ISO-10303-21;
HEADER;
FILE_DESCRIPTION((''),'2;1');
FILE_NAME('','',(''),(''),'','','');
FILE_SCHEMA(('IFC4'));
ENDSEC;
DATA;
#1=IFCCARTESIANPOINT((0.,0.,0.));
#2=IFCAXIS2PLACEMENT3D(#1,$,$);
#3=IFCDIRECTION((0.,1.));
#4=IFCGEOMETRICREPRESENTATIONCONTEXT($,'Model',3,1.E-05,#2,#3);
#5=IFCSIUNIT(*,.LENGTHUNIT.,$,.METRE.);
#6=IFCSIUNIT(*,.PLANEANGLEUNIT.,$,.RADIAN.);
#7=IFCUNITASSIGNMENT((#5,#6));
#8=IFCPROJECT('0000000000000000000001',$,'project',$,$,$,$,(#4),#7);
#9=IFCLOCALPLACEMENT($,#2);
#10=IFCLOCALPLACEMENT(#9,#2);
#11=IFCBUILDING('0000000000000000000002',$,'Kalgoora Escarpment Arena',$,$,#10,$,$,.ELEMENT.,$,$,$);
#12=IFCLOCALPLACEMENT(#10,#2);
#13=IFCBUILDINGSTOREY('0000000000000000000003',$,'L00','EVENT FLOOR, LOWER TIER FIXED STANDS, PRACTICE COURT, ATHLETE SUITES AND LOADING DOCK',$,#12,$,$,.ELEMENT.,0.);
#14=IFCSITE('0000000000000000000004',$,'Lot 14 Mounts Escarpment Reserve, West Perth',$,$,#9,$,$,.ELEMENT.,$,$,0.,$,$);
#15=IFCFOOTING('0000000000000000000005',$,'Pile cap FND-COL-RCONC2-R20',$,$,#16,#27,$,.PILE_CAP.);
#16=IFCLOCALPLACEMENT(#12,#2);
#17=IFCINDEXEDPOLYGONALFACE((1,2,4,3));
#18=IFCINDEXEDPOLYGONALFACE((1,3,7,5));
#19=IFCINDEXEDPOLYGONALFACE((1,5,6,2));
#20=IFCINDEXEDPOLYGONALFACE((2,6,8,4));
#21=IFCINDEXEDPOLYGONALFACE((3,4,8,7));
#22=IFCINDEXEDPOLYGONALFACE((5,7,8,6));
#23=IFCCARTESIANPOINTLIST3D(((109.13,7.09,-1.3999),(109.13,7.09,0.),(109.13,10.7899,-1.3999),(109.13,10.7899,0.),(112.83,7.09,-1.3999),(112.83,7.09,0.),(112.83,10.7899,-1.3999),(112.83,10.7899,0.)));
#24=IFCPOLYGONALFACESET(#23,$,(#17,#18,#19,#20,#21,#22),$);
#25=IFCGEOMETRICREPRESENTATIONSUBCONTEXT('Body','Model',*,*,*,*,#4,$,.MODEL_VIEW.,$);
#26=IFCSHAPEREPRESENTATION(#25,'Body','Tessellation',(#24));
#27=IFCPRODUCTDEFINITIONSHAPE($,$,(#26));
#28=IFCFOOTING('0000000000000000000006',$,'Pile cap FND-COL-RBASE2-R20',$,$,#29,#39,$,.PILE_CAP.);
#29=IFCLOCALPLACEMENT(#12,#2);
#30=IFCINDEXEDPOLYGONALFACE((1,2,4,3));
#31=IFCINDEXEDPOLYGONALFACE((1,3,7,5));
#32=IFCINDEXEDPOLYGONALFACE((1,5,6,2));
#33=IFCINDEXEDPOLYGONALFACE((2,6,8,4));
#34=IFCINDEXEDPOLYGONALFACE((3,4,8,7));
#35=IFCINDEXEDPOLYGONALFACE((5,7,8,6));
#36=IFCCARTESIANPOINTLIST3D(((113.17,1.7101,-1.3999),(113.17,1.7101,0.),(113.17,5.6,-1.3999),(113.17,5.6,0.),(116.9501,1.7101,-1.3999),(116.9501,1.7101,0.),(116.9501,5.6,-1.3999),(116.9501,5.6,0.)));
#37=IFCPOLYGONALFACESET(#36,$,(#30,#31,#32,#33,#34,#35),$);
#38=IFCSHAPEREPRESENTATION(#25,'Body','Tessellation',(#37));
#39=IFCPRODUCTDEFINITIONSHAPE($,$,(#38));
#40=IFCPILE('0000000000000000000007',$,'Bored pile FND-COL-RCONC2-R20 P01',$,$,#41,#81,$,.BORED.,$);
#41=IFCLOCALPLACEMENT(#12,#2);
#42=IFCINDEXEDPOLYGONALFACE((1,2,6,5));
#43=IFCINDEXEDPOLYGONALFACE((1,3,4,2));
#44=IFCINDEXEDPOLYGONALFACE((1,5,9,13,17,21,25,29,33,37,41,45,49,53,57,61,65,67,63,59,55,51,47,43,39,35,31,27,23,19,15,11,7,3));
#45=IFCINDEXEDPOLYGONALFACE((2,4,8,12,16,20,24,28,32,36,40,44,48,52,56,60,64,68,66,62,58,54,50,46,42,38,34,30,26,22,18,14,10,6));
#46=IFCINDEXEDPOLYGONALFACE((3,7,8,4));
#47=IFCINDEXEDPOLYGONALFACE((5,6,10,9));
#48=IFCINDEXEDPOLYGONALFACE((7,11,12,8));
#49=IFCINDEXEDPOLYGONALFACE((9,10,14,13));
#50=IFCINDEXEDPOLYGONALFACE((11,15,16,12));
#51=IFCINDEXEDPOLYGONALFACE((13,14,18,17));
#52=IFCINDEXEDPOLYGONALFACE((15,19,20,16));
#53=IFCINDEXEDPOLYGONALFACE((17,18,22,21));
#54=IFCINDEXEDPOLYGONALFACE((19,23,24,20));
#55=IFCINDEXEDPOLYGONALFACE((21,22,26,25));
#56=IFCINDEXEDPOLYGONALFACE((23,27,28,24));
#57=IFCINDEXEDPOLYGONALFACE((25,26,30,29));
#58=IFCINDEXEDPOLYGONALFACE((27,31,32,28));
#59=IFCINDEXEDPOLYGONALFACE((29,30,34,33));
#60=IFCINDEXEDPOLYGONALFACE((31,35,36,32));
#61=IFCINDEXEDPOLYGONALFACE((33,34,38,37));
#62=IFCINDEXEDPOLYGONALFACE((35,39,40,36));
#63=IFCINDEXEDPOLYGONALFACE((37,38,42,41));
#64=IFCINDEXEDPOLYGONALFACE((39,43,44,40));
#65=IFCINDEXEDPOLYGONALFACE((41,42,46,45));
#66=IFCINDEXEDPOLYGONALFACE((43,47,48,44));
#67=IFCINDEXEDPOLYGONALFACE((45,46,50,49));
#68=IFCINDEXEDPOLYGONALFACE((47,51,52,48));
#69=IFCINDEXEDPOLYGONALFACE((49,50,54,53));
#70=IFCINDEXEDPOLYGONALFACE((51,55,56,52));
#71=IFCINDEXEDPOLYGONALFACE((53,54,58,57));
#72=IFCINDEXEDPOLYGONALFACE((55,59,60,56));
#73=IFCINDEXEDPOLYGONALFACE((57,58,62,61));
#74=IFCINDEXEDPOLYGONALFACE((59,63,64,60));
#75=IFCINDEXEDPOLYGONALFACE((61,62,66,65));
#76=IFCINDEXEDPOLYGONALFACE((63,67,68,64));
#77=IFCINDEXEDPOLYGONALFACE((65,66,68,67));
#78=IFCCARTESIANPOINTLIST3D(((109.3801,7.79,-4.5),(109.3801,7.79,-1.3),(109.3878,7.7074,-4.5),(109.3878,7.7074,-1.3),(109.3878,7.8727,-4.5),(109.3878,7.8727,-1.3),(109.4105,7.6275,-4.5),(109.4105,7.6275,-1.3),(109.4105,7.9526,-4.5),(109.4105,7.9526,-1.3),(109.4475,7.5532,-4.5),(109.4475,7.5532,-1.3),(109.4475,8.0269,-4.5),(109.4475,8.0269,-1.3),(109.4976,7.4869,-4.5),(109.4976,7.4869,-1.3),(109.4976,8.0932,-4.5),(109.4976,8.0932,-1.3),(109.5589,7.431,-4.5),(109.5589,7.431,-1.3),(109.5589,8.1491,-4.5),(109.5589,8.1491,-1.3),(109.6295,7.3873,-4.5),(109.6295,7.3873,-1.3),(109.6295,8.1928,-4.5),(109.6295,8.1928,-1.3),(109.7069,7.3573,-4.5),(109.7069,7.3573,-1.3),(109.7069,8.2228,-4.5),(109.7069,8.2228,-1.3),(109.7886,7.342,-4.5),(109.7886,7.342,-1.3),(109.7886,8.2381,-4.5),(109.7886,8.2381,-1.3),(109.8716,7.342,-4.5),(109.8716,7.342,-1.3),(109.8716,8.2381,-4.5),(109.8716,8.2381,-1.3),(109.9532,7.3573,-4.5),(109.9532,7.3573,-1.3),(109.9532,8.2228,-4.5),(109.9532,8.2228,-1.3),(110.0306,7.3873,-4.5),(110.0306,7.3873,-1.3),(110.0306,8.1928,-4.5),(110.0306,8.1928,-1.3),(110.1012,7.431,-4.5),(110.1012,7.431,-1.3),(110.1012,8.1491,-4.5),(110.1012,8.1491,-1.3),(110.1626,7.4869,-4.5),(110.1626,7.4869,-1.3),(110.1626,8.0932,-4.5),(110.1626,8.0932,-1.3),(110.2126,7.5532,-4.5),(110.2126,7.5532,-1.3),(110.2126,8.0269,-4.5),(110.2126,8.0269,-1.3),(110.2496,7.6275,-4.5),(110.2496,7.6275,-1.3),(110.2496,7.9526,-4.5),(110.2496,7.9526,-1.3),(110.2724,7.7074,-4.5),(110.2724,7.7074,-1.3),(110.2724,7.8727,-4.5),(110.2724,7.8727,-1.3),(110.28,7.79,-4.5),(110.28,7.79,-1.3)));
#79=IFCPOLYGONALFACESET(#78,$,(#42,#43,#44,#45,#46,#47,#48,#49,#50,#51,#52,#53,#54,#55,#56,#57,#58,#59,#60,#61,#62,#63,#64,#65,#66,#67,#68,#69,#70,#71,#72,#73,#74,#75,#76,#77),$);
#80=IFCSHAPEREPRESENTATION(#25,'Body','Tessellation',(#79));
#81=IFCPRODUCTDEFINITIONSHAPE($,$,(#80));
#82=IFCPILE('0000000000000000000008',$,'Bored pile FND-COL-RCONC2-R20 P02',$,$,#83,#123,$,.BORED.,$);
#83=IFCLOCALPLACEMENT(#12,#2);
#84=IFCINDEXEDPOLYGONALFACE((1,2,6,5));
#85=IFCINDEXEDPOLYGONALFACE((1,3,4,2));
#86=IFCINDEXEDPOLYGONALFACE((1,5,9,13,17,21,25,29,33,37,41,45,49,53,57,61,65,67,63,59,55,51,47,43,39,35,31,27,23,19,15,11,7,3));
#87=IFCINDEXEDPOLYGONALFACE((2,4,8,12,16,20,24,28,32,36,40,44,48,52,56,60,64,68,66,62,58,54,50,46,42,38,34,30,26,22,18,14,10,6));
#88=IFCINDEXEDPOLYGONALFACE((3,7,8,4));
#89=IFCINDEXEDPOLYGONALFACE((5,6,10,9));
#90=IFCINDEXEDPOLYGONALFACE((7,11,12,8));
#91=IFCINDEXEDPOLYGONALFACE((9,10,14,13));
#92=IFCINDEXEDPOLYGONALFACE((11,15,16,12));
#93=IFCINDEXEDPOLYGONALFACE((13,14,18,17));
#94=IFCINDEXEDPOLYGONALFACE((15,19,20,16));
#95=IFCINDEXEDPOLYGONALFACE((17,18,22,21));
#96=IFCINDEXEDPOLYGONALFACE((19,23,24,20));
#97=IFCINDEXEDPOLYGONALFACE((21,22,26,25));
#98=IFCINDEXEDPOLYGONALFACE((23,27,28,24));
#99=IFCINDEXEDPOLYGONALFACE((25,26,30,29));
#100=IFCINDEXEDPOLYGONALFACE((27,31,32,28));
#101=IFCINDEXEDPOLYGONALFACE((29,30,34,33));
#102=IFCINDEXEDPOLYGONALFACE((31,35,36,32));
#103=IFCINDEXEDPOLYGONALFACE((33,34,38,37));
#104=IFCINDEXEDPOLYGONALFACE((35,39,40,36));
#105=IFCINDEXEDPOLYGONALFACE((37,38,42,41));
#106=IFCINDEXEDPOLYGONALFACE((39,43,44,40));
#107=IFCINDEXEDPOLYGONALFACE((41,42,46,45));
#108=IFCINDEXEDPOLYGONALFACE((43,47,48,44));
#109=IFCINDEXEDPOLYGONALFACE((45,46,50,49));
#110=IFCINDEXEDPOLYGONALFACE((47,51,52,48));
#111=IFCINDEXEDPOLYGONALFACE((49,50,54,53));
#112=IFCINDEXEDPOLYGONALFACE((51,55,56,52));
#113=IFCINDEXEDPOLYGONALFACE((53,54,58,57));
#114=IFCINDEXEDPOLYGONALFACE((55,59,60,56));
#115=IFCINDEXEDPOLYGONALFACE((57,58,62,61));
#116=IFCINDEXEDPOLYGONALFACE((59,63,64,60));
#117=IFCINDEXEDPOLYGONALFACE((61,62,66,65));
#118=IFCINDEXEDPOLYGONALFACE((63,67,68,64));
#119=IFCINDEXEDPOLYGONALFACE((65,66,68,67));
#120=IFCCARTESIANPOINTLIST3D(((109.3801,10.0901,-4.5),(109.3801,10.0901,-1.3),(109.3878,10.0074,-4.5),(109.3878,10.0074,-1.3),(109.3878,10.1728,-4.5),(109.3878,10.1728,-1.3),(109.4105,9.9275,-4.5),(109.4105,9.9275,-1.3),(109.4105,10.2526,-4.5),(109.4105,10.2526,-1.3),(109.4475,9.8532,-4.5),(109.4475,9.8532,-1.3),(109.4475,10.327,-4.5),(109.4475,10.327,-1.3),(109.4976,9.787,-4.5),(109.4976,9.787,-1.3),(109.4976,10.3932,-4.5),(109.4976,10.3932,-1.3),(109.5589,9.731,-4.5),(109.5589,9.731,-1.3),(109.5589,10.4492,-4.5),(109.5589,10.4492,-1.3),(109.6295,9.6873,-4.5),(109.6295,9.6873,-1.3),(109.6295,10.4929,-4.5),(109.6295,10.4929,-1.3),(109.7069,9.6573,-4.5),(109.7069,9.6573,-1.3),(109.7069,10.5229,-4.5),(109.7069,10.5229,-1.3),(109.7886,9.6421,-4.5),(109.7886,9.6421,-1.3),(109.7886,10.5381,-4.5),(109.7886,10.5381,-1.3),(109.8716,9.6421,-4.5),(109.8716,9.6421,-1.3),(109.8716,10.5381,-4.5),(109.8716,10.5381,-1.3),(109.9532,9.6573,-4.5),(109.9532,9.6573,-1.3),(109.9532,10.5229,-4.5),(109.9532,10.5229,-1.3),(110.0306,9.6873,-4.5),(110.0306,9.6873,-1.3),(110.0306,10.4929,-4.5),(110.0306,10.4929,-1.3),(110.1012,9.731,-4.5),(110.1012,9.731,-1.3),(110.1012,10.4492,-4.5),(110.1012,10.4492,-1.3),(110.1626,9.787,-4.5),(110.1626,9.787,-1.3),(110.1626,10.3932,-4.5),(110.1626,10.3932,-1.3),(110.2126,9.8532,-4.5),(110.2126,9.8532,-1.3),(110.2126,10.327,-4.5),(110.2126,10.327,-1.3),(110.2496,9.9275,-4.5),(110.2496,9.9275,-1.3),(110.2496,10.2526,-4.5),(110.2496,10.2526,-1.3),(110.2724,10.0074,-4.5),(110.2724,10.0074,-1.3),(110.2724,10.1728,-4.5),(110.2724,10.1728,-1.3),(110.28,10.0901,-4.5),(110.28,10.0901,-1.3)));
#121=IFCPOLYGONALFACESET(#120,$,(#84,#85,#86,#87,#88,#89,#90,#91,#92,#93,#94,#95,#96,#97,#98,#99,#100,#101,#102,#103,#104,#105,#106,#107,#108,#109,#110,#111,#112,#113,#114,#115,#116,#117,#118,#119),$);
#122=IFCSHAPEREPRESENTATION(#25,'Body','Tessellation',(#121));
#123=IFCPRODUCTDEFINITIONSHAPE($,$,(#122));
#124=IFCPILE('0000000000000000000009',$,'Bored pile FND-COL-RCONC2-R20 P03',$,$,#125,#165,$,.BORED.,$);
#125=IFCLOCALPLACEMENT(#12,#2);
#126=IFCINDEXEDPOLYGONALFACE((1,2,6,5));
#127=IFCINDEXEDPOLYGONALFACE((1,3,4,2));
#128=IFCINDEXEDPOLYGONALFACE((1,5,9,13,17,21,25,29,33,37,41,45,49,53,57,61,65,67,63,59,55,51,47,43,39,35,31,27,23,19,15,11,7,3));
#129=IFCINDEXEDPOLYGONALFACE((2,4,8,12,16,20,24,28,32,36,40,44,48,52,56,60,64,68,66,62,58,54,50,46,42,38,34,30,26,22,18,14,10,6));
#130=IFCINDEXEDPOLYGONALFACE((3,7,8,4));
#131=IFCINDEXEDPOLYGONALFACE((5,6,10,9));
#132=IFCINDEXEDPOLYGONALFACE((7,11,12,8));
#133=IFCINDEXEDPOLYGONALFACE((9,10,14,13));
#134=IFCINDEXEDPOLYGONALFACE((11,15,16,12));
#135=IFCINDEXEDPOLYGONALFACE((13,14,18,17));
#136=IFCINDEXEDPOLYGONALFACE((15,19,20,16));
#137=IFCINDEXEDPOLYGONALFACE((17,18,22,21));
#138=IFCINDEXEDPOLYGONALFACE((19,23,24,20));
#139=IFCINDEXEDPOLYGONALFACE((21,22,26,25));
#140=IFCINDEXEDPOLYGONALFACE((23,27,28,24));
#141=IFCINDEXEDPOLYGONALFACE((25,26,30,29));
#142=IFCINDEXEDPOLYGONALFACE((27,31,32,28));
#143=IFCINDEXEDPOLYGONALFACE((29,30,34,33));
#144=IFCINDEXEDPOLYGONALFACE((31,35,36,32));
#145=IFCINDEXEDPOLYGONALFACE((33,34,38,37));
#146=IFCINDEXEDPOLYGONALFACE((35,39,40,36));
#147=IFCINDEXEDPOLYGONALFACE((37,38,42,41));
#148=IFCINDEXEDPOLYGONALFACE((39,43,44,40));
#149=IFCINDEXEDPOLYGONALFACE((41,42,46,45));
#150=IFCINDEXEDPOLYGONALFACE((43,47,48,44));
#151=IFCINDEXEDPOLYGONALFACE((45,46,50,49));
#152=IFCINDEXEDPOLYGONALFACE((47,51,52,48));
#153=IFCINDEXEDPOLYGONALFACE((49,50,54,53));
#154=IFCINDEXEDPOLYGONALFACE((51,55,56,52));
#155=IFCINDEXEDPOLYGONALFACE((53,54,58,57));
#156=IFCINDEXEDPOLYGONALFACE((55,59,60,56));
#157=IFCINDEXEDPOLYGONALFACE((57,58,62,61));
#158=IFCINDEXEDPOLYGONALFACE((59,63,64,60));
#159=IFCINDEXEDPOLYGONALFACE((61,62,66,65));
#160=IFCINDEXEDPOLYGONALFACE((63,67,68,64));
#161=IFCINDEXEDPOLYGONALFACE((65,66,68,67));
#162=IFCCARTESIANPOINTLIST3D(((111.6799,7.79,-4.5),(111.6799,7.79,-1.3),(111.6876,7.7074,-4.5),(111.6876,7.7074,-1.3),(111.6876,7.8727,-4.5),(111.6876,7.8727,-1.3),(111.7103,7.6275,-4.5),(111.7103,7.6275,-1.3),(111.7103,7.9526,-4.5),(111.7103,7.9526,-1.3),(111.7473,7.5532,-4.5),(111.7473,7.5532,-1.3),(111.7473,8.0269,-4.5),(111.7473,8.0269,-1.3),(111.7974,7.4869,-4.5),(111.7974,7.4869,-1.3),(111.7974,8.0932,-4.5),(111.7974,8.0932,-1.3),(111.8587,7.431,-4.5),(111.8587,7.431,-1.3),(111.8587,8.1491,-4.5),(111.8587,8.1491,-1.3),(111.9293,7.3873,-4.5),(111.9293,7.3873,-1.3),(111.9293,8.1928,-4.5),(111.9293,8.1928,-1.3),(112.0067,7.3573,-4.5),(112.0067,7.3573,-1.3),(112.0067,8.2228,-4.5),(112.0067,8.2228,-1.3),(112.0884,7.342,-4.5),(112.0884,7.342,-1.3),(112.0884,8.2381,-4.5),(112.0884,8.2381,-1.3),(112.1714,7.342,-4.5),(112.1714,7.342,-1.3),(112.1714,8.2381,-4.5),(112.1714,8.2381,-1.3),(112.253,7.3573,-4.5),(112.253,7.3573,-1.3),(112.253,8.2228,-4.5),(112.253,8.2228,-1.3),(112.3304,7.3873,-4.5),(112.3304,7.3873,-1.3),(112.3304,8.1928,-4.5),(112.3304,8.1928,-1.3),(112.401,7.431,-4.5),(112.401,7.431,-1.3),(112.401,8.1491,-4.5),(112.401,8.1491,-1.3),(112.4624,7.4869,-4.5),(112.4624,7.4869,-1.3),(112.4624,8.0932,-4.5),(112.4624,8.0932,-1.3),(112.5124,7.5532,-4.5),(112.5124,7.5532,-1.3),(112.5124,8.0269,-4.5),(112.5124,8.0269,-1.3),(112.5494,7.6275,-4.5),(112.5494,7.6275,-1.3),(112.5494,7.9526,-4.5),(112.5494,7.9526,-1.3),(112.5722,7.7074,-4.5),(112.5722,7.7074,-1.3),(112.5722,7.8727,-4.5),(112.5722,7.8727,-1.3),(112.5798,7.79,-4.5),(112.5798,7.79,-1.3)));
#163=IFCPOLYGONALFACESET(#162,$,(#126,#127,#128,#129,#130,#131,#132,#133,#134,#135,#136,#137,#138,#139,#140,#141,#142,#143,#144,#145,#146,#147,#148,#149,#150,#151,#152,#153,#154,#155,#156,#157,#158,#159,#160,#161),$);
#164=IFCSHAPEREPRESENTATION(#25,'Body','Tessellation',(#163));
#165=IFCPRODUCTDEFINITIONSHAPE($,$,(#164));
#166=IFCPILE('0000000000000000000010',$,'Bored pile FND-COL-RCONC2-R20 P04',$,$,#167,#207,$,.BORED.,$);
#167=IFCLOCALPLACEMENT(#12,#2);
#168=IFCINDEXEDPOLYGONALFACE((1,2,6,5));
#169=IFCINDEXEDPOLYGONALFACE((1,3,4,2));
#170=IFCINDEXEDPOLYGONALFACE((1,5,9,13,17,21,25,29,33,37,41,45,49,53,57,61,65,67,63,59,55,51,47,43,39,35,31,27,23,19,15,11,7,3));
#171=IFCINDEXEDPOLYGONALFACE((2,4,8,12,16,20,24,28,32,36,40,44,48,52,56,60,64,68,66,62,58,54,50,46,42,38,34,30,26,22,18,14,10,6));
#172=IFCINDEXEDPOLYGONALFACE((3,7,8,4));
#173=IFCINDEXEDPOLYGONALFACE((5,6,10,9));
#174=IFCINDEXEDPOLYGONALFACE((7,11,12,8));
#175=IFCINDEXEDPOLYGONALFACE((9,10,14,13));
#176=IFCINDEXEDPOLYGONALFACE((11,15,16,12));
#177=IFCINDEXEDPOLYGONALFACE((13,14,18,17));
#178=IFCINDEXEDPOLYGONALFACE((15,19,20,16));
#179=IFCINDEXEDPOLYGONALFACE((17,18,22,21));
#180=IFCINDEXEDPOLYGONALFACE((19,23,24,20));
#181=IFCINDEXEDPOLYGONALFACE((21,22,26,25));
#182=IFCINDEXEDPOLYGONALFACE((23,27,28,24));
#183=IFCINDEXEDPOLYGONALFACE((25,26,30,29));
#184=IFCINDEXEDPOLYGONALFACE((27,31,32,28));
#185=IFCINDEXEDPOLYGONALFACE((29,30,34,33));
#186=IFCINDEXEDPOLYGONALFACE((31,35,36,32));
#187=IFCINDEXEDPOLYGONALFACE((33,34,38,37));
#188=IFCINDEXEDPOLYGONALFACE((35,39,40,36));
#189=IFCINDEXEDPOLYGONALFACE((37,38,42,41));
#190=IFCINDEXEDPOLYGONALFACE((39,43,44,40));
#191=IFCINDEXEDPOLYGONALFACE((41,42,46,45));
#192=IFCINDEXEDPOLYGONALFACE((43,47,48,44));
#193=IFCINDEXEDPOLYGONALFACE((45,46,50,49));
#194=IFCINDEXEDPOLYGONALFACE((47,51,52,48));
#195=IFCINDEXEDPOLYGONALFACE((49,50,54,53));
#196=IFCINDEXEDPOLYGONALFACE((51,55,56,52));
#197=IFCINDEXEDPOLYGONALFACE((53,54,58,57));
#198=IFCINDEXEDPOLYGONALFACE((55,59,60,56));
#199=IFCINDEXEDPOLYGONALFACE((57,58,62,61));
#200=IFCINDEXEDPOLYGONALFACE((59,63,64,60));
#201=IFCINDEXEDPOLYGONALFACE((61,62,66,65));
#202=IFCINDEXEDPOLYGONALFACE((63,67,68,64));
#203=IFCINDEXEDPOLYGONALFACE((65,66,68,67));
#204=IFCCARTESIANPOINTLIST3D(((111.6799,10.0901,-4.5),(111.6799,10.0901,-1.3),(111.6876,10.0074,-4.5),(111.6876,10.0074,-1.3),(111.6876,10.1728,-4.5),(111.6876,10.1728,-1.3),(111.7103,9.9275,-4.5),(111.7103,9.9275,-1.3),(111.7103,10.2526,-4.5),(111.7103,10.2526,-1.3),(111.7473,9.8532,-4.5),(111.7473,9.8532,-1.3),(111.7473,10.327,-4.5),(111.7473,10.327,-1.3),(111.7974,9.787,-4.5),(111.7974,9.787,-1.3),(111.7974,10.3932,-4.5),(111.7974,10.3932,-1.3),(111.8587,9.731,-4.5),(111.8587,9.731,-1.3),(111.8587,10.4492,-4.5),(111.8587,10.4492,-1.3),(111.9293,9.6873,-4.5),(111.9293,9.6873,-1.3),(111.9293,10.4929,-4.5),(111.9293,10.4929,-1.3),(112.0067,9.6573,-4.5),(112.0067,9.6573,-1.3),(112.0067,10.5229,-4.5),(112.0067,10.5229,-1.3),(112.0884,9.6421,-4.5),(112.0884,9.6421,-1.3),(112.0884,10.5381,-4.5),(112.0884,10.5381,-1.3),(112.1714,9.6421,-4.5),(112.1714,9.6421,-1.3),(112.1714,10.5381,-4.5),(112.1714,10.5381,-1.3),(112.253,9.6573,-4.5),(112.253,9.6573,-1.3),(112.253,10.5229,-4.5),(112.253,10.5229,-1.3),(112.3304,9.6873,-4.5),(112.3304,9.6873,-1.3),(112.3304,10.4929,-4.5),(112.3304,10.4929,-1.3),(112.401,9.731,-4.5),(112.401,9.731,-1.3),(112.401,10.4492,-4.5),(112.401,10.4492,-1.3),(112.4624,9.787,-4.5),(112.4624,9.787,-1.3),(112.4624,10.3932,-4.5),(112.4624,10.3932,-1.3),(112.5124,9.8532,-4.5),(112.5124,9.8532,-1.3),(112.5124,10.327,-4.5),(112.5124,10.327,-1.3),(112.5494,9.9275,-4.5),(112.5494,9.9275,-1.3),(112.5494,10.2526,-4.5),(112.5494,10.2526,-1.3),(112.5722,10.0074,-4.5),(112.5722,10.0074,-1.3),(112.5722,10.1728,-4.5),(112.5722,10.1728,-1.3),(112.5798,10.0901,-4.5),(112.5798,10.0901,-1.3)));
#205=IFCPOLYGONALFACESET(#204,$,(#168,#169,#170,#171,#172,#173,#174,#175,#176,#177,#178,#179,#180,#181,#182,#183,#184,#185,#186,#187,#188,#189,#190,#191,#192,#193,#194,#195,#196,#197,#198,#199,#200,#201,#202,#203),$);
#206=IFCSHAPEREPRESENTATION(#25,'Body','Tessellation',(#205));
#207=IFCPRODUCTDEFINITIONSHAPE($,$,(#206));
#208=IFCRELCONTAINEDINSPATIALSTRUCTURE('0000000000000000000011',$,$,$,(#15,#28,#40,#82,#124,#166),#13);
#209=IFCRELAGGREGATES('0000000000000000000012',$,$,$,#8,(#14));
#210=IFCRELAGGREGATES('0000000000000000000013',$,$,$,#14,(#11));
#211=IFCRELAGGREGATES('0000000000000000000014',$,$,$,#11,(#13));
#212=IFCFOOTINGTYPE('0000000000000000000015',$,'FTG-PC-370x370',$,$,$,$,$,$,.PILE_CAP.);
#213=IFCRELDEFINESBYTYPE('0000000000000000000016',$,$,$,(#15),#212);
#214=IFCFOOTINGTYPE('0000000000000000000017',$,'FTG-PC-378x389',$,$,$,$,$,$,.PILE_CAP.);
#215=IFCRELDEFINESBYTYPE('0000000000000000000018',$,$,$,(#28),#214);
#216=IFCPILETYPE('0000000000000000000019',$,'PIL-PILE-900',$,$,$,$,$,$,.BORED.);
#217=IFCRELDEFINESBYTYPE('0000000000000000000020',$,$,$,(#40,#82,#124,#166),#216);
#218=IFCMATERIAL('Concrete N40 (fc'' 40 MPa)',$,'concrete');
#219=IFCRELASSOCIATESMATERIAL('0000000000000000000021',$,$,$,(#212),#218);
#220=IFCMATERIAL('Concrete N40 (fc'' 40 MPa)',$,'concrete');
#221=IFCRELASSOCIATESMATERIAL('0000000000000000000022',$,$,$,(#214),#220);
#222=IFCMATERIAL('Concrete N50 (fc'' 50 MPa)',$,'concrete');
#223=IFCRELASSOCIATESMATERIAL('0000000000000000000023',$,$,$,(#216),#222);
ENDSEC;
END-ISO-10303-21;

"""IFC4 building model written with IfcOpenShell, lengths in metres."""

from ifc_helpers import new_model, si_unit, direction, frame, origin, origin_2d, place, context, subcontext, project, spatial, rectangle, circle, extrude, material, material_profile, profile_set, type_object, element, save


model = new_model("IFC4")

# Units and contexts
model_context = context("Model", 3, precision=1e-05, world=origin(), true_north=direction((0.0, 1.0)))
body_context = subcontext(model_context, "Body", "Model", "MODEL_VIEW")
ifc_project = project(units=[si_unit("LENGTHUNIT", "METRE"), si_unit("PLANEANGLEUNIT", "RADIAN")], contexts=[model_context])

# Site, building, storey
site_placement = place(None, origin())
site = spatial("IfcSite", under=ifc_project, at=site_placement, Name="Lot 14 Mounts Escarpment Reserve, West Perth", CompositionType="ELEMENT", RefElevation=0.0)
building_placement = place(site_placement, origin())
building = spatial("IfcBuilding", under=site, at=building_placement, Name="Kalgoora Escarpment Arena", CompositionType="ELEMENT")
storey_placement = place(building_placement, origin())
storey = spatial("IfcBuildingStorey", under=building, at=storey_placement, Name="L00", Description="EVENT FLOOR, LOWER TIER FIXED STANDS, PRACTICE COURT, ATHLETE SUITES AND LOADING DOCK", CompositionType="ELEMENT", Elevation=0.0)

# Footings
ifc_material_1 = material(Name="Concrete N40 (fc' 40 MPa)", Category="concrete")
footing_type_1 = type_object("IfcFootingType", Name="FTG-PC-370x370", PredefinedType="PILE_CAP", material=ifc_material_1)
footing_1_placement = place(storey_placement, frame((110.98, 8.9399, -1.3999), z_axis=(0.0, 0.0, 1.0), x_axis=(1.0, 0.0, 0.0)))
element("IfcFooting", 1, at=footing_1_placement, inside=storey, type_object=footing_type_1, Name="Pile cap FND-COL-RCONC2-R20", PredefinedType="PILE_CAP", context=body_context, shape_type="SweptSolid", body=[
    extrude(rectangle(XDim=3.7, YDim=3.7, at=origin_2d()), origin(), (0.0, 0.0, 1.0), 1.3999),
])
ifc_material_2 = material(Name="Concrete N40 (fc' 40 MPa)", Category="concrete")
footing_type_2 = type_object("IfcFootingType", Name="FTG-PC-378x389", PredefinedType="PILE_CAP", material=ifc_material_2)
footing_2_placement = place(storey_placement, frame((115.0601, 3.655, -1.3999), z_axis=(0.0, 0.0, 1.0), x_axis=(1.0, 0.0, 0.0)))
element("IfcFooting", 2, at=footing_2_placement, inside=storey, type_object=footing_type_2, Name="Pile cap FND-COL-RBASE2-R20", PredefinedType="PILE_CAP", context=body_context, shape_type="SweptSolid", body=[
    extrude(rectangle(XDim=3.78, YDim=3.8899, at=origin_2d()), origin(), (0.0, 0.0, 1.0), 1.3999),
])

# Piles
ifc_material_3 = material(Name="Concrete N50 (fc' 50 MPa)", Category="concrete")
ifc_material_profile_1 = material_profile(ifc_material_3, circle(Radius=0.45, at=origin_2d()))
ifc_profile_set_1 = profile_set([ifc_material_profile_1], Name="Concrete N50 (fc' 50 MPa)")
pile_type = type_object("IfcPileType", Name="PIL-PILE-900", PredefinedType="BORED", material=ifc_profile_set_1)
for number, where, z_axis, x_axis, name in (
    (3, (109.8301, 7.79, -1.3), (0.0, 0.0, -1.0), (1.0, 0.0, 0.0), "Bored pile FND-COL-RCONC2-R20 P01"),
    (4, (109.8301, 10.0901, -1.3), (0.0, 0.0, -1.0), (1.0, 0.0, 0.0), "Bored pile FND-COL-RCONC2-R20 P02"),
    (5, (112.1299, 7.79, -1.3), (0.0, 0.0, -1.0), (1.0, 0.0, 0.0), "Bored pile FND-COL-RCONC2-R20 P03"),
    (6, (112.1299, 10.0901, -1.3), (0.0, 0.0, -1.0), (1.0, 0.0, 0.0), "Bored pile FND-COL-RCONC2-R20 P04"),
):
    element("IfcPile", number, at=place(storey_placement, frame(where, z_axis=z_axis, x_axis=x_axis)), inside=storey, type_object=pile_type, Name=name, PredefinedType="BORED", context=body_context, shape_type="SweptSolid", body=[
        extrude(circle(Radius=0.45, at=origin_2d()), origin(), (0.0, 0.0, 1.0), 3.2),
    ])

save(model, "model.ifc")
